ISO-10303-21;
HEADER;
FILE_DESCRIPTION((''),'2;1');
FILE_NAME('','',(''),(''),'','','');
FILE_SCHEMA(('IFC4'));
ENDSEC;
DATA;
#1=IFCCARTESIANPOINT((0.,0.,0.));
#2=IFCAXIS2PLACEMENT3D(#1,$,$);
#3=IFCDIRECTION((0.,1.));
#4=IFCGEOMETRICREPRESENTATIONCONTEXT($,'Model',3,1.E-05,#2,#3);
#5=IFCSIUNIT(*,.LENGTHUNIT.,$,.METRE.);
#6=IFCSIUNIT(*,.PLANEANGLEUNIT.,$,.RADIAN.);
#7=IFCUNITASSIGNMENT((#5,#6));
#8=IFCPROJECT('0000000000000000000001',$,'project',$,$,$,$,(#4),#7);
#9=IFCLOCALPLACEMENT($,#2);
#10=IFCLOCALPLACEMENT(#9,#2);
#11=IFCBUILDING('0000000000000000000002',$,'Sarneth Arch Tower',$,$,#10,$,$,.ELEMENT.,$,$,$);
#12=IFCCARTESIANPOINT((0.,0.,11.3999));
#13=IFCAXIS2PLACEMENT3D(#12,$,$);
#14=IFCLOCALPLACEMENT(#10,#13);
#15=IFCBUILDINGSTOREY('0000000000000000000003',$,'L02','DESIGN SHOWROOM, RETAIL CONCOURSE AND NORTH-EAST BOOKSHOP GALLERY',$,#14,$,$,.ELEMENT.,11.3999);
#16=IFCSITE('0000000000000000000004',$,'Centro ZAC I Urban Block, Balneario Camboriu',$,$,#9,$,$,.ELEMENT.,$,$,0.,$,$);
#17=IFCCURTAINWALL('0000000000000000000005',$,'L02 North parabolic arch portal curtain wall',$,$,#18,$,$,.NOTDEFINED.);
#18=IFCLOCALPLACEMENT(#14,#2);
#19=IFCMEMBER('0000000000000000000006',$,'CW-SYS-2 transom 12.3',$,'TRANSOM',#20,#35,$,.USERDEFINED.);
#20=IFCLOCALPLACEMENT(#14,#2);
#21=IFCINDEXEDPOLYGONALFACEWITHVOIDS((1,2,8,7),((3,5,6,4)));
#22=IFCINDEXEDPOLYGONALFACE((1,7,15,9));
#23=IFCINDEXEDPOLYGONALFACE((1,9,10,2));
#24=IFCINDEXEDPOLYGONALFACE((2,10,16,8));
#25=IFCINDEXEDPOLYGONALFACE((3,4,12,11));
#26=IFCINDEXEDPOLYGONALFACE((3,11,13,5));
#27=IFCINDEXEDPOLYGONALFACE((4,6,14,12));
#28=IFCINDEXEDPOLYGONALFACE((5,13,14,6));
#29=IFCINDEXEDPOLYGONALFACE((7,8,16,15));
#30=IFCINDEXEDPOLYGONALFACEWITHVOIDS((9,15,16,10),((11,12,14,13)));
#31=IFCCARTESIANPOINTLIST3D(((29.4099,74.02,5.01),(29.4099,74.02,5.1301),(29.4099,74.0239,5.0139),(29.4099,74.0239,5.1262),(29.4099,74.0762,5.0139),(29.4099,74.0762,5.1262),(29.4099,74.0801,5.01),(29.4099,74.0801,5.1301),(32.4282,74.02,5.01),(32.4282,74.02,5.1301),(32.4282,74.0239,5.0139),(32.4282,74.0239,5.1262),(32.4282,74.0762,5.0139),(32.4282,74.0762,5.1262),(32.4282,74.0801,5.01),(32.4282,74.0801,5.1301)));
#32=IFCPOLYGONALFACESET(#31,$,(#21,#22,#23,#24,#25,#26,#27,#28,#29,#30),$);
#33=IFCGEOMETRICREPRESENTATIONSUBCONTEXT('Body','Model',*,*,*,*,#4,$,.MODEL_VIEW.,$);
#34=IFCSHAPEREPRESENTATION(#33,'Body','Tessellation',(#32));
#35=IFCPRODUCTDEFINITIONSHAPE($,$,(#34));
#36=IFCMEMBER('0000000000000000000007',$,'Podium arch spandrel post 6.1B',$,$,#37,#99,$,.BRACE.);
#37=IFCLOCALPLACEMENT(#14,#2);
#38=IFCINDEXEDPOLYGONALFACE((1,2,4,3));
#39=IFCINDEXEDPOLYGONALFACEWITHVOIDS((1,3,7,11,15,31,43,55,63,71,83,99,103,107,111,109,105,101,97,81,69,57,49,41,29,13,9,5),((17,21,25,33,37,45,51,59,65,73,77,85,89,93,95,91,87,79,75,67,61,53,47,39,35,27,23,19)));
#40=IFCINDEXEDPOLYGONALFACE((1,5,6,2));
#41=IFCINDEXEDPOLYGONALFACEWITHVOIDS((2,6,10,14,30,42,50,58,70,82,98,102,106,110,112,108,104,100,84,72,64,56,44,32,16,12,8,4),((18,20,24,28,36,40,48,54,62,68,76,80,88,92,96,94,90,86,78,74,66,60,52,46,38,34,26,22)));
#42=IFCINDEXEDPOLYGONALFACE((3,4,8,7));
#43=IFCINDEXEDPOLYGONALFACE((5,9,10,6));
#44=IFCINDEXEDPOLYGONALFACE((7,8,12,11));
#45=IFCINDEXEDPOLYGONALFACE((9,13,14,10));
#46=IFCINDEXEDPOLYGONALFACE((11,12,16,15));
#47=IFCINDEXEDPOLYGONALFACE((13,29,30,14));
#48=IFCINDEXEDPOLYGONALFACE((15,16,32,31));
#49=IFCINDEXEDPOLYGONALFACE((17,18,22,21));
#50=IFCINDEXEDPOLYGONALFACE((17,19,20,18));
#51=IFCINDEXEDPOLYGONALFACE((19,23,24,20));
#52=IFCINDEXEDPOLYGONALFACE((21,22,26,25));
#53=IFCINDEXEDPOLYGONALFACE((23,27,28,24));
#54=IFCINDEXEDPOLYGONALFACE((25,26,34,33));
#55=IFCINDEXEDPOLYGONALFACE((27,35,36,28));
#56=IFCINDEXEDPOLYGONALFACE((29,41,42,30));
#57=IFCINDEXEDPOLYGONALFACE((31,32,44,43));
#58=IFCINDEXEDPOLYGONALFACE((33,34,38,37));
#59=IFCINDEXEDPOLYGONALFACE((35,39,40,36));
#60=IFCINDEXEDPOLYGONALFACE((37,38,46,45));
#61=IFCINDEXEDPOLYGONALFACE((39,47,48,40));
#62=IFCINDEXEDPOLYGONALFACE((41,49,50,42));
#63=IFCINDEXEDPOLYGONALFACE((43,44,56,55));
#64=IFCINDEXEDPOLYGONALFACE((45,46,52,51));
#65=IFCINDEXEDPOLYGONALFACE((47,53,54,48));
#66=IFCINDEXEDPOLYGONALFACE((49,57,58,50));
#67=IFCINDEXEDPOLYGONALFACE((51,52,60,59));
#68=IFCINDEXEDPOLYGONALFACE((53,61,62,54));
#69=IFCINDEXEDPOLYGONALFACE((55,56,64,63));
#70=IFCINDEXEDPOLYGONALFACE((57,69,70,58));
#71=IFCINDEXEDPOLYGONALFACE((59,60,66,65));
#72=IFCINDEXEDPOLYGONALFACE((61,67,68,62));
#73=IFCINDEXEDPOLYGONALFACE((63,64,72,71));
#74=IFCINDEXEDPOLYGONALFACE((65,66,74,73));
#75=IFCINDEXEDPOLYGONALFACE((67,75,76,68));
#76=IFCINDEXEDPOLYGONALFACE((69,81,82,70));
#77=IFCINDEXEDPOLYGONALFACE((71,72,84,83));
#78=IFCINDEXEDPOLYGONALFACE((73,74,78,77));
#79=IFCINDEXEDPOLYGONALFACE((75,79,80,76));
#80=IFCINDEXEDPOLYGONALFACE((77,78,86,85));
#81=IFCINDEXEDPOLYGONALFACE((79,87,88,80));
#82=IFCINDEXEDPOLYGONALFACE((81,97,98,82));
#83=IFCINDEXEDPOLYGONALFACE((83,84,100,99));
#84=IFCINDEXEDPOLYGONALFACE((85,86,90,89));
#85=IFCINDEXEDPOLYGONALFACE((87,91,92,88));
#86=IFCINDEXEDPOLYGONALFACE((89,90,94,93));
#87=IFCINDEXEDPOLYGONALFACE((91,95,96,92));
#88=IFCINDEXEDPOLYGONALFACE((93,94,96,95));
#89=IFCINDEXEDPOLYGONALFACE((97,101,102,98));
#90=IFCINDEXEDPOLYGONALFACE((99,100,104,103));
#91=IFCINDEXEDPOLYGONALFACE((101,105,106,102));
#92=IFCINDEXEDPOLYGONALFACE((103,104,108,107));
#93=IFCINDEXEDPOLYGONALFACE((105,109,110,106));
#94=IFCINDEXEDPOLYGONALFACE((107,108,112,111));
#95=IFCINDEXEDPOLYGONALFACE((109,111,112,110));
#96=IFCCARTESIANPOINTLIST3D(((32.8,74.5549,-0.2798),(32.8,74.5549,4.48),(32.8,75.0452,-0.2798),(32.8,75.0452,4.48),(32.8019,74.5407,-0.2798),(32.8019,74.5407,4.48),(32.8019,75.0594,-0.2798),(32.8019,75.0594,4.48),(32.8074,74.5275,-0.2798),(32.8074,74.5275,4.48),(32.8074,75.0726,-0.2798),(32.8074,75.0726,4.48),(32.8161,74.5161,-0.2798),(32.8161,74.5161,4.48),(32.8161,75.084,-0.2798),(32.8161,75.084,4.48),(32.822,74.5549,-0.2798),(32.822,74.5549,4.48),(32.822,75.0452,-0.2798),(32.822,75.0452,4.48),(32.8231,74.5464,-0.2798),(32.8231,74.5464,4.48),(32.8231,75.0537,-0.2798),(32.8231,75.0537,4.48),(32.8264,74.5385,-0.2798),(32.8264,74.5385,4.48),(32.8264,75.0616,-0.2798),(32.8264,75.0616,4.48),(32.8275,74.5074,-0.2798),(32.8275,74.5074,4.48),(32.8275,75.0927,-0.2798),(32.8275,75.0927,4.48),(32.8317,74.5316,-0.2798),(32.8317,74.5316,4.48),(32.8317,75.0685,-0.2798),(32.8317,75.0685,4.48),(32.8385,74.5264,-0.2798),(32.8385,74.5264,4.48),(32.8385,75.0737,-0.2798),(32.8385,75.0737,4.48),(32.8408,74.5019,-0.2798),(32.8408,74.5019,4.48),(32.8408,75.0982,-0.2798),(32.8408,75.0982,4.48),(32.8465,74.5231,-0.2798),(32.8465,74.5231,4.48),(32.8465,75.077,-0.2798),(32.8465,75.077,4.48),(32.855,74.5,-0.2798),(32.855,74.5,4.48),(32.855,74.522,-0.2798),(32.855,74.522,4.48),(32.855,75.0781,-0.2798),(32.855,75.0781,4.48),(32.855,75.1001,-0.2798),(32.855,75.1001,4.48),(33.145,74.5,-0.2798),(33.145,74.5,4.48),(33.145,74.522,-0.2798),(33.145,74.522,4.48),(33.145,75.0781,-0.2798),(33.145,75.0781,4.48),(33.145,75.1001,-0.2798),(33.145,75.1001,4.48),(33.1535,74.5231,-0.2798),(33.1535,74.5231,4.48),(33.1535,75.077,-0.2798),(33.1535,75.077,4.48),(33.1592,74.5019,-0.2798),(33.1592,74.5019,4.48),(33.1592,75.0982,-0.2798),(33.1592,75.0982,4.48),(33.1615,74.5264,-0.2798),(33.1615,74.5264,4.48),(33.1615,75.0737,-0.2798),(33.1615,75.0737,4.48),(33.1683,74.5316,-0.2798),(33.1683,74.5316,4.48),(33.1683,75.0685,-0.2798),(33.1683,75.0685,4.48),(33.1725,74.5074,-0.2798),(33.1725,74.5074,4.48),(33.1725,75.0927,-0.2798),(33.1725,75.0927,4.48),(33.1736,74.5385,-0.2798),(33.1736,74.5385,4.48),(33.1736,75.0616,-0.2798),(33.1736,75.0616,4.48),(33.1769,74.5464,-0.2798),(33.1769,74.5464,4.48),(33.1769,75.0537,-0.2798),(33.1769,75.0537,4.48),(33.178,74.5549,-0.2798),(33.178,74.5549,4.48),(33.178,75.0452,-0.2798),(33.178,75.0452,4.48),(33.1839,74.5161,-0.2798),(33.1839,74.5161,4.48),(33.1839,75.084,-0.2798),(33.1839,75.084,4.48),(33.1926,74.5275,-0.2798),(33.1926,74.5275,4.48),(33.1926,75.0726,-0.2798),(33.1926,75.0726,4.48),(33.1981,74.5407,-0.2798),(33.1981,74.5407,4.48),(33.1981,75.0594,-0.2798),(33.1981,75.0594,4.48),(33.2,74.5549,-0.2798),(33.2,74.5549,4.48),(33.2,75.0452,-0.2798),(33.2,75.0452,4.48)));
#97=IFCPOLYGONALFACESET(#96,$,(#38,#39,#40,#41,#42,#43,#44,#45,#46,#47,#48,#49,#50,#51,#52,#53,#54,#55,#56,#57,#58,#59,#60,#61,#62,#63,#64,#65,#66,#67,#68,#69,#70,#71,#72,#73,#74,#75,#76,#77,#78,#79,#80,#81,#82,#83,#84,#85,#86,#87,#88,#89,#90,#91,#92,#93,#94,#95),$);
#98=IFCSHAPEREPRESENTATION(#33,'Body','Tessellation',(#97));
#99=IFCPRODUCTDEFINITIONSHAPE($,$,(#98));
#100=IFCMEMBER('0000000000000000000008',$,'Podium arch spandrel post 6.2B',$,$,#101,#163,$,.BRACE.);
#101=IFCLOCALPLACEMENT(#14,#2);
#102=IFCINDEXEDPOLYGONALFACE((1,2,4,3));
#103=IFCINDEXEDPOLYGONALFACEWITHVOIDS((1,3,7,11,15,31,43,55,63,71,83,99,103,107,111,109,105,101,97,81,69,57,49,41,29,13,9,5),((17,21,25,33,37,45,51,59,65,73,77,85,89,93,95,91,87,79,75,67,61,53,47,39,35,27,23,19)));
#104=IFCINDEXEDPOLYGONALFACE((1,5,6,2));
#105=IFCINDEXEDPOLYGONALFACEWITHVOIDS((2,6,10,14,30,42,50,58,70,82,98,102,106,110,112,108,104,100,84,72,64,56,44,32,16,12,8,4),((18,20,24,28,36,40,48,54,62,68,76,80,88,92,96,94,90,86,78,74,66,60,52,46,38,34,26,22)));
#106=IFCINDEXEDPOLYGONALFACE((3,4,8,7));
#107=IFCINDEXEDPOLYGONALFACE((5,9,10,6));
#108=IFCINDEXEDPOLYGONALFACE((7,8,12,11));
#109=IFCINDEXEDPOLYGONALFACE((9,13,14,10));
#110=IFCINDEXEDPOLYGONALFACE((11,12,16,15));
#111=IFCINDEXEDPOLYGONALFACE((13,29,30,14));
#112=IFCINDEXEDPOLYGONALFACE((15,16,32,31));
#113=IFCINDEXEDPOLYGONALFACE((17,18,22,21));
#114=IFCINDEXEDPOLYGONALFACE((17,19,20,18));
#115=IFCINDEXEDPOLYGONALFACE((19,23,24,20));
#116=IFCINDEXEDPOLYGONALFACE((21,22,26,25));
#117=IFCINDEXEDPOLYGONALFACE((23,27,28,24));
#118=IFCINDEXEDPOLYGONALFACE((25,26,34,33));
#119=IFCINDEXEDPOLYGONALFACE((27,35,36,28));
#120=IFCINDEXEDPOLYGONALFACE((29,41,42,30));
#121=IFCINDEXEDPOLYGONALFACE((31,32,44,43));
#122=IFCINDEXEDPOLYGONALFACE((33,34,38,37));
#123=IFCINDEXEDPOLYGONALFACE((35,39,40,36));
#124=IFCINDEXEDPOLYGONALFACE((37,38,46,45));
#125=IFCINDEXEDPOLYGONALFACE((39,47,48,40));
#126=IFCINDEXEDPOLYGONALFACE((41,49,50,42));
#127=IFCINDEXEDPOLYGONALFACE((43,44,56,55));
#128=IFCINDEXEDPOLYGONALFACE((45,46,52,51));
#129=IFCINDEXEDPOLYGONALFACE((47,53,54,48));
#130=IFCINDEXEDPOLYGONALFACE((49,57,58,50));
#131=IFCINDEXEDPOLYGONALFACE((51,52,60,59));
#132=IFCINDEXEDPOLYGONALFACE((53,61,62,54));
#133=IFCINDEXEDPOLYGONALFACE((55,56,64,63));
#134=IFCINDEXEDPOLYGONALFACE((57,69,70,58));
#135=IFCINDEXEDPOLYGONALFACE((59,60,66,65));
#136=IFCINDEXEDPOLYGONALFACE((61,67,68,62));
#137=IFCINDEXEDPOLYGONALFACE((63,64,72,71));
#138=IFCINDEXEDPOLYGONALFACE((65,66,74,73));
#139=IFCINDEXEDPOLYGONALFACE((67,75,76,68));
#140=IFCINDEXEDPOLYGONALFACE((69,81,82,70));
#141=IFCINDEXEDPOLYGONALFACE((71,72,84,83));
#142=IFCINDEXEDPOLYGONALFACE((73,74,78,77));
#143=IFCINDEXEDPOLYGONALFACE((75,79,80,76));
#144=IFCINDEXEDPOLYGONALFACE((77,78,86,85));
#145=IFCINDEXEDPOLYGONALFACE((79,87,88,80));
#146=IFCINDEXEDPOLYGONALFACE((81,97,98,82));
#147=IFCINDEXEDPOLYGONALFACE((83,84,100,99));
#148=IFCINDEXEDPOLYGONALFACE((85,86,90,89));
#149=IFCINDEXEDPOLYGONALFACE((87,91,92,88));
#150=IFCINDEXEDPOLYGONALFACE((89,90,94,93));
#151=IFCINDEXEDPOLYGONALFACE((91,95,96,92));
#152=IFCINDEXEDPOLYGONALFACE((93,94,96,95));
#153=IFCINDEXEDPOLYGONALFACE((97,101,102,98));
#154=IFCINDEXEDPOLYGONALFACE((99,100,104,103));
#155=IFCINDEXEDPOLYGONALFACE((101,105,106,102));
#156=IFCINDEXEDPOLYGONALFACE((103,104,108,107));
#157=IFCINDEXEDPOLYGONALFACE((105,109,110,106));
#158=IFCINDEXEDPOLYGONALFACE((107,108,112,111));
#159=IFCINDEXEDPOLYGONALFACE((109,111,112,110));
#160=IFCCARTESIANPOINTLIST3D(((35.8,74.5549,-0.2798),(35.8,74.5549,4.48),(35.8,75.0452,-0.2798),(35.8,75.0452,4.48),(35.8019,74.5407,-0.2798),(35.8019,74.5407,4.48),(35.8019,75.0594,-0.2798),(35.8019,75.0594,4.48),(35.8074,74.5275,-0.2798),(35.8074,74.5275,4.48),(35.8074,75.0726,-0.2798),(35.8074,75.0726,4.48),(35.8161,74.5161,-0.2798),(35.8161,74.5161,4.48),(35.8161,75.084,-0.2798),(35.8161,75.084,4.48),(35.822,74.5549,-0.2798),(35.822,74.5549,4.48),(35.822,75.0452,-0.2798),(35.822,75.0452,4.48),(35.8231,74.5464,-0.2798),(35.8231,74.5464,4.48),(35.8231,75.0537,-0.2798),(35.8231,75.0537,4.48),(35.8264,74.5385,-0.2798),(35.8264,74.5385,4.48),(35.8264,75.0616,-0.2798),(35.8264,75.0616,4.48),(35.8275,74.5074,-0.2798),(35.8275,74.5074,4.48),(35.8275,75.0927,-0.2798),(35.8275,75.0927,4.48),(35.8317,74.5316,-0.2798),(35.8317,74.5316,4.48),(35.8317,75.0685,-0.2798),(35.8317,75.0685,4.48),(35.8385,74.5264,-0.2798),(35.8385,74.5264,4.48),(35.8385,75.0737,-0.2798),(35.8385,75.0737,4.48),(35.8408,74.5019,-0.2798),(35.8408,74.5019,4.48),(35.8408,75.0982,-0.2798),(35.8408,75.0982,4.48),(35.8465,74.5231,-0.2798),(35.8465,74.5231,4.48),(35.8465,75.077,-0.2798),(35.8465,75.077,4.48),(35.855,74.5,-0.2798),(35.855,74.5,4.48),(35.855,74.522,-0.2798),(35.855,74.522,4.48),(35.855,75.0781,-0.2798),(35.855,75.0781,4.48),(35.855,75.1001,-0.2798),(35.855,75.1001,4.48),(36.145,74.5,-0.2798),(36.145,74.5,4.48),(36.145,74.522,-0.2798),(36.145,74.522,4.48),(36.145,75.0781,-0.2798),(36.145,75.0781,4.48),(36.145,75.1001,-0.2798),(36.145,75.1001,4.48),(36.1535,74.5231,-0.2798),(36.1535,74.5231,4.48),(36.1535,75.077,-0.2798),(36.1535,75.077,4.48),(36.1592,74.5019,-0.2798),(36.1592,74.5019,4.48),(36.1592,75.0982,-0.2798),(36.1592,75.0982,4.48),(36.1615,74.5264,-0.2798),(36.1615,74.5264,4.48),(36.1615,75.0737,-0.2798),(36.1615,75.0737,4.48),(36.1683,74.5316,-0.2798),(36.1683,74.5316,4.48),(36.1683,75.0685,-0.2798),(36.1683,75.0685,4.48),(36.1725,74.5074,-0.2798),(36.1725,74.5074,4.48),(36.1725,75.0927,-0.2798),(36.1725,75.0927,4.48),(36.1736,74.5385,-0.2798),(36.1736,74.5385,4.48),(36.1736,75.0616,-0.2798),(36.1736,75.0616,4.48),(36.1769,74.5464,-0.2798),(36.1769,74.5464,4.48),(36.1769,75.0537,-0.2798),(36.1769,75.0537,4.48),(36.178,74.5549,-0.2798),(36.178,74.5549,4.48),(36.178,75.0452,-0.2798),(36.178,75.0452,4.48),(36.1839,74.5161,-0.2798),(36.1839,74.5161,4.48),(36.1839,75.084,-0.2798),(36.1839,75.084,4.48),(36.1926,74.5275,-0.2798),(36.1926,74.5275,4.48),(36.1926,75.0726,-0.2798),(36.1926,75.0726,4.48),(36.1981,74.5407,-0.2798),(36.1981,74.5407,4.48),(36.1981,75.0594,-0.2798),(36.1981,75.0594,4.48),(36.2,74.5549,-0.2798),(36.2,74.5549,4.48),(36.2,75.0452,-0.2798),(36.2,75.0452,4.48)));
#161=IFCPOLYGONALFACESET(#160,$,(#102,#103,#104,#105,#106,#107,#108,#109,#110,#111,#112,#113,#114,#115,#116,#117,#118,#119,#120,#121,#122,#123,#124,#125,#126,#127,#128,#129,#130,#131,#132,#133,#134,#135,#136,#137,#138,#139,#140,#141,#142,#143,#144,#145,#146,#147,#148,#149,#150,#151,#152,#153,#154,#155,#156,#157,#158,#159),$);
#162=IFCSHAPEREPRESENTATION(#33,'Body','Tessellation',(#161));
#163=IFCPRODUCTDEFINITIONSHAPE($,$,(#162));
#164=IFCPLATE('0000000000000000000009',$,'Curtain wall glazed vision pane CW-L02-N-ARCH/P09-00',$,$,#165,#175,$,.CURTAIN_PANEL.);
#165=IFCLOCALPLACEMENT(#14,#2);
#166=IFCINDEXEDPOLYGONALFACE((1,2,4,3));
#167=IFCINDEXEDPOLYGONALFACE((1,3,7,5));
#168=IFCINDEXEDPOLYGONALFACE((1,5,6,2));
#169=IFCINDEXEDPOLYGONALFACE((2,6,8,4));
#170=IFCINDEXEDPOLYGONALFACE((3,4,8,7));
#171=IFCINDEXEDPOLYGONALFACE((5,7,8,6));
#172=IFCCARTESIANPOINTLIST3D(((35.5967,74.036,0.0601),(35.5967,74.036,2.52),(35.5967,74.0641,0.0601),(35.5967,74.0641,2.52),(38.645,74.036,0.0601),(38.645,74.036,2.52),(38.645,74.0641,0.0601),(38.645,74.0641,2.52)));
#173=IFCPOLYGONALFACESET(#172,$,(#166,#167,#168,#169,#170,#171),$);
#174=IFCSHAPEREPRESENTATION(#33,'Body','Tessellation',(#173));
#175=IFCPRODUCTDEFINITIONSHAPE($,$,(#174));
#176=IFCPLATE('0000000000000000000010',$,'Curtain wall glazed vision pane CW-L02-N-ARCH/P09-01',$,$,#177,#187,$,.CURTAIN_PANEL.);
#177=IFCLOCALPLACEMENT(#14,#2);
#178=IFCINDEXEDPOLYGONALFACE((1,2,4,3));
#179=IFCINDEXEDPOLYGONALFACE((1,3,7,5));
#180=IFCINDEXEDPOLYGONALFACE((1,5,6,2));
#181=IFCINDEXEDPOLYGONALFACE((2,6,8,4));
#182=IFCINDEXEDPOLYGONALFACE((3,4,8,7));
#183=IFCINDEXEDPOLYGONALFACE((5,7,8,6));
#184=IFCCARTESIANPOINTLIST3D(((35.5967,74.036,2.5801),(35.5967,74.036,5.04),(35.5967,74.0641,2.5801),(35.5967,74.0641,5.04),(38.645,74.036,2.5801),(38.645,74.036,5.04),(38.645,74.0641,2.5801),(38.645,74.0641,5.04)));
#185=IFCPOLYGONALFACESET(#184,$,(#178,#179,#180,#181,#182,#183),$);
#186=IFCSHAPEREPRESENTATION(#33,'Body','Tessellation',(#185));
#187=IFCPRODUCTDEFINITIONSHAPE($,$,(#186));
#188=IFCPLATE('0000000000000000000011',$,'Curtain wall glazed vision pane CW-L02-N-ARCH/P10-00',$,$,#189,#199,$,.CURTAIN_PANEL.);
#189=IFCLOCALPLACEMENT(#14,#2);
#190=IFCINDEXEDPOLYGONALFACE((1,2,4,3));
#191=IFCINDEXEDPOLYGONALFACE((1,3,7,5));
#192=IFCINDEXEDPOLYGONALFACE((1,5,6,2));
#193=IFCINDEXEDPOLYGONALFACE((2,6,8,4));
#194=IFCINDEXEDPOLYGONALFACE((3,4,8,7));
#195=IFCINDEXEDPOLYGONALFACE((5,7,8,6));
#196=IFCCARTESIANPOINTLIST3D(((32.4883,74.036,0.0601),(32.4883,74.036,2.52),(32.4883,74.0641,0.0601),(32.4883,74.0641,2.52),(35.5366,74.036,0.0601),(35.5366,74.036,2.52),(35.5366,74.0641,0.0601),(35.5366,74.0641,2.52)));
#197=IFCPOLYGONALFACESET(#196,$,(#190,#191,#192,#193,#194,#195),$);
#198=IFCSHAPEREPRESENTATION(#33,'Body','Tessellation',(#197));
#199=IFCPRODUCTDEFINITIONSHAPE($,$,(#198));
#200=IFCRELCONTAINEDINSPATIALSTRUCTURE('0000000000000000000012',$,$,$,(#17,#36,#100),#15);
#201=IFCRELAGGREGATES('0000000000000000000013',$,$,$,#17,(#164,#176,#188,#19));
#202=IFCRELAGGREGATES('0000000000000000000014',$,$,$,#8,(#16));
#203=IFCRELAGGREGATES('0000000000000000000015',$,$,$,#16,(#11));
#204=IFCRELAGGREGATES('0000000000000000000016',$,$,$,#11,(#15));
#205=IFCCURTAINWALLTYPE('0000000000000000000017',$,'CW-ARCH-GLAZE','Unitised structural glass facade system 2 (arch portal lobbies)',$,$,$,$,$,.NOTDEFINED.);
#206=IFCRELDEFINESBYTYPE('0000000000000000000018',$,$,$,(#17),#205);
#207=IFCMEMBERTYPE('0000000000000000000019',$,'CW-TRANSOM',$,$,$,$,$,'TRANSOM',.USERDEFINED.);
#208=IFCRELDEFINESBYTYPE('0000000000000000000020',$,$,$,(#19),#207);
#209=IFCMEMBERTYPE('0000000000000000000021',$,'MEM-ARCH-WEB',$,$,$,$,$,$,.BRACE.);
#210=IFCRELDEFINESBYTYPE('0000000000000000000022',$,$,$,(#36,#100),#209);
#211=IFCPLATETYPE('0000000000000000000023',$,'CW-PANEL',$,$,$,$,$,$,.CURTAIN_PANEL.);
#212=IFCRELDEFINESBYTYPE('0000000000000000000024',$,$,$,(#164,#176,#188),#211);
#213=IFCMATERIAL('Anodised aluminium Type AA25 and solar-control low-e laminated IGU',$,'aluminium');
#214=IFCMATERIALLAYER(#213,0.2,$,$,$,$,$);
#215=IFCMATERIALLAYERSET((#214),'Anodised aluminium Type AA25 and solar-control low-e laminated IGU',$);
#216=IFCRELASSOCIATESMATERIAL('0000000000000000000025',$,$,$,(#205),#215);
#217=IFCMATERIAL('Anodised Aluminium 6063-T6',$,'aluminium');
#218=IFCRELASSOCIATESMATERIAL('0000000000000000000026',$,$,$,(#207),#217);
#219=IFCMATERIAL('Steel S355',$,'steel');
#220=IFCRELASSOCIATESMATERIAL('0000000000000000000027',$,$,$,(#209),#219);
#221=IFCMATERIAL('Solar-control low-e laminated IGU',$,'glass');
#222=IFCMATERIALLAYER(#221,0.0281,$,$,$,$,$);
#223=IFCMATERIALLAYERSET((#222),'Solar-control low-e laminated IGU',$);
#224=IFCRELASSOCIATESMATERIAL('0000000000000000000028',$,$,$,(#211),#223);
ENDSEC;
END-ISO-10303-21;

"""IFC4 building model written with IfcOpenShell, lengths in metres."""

from ifc_helpers import new_model, si_unit, direction, frame, origin, origin_2d, place, context, subcontext, project, spatial, rectangle, hollow_rectangle, extrude, material, layer, layer_set, material_profile, profile_set, type_object, element, aggregate, save


model = new_model("IFC4")

# Units and contexts
model_context = context("Model", 3, precision=1e-05, world=origin(), true_north=direction((0.0, 1.0)))
body_context = subcontext(model_context, "Body", "Model", "MODEL_VIEW")
ifc_project = project(units=[si_unit("LENGTHUNIT", "METRE"), si_unit("PLANEANGLEUNIT", "RADIAN")], contexts=[model_context])

# Site, building, storey
site_placement = place(None, origin())
site = spatial("IfcSite", under=ifc_project, at=site_placement, Name="Centro ZAC I Urban Block, Balneario Camboriu", CompositionType="ELEMENT", RefElevation=0.0)
building_placement = place(site_placement, origin())
building = spatial("IfcBuilding", under=site, at=building_placement, Name="Sarneth Arch Tower", CompositionType="ELEMENT")
storey_placement = place(building_placement, frame((0.0, 0.0, 11.3999)))
storey = spatial("IfcBuildingStorey", under=building, at=storey_placement, Name="L02", Description="DESIGN SHOWROOM, RETAIL CONCOURSE AND NORTH-EAST BOOKSHOP GALLERY", CompositionType="ELEMENT", Elevation=11.3999)

# Curtain wall, member
ifc_material_1 = material(Name="Anodised aluminium Type AA25 and solar-control low-e laminated IGU", Category="aluminium")
ifc_layer_1 = layer(ifc_material_1, 0.2)
ifc_layer_set_1 = layer_set([ifc_layer_1], Name="Anodised aluminium Type AA25 and solar-control low-e laminated IGU")
curtain_wall_type = type_object("IfcCurtainWallType", Name="CW-ARCH-GLAZE", Description="Unitised structural glass facade system 2 (arch portal lobbies)", PredefinedType="NOTDEFINED", material=ifc_layer_set_1)
curtain_wall_placement = place(storey_placement, origin())
curtain_wall = element("IfcCurtainWall", 1, at=curtain_wall_placement, inside=storey, type_object=curtain_wall_type, Name="L02 North parabolic arch portal curtain wall", PredefinedType="NOTDEFINED")
ifc_material_2 = material(Name="Anodised Aluminium 6063-T6", Category="aluminium")
ifc_material_profile_1 = material_profile(ifc_material_2, hollow_rectangle(XDim=0.0601, YDim=0.1201, WallThickness=0.0039, at=origin_2d()), Name="AL-TRAN-120x60x4")
ifc_profile_set_1 = profile_set([ifc_material_profile_1], Name="Anodised Aluminium 6063-T6")
member_type_1 = type_object("IfcMemberType", Name="CW-TRANSOM", ElementType="TRANSOM", PredefinedType="USERDEFINED", material=ifc_profile_set_1)
member_1_placement = place(storey_placement, frame((32.4282, 74.05, 5.0701), z_axis=(-1.0, 0.0, 0.0), x_axis=(0.0, -1.0, 0.0)))
member_1 = element("IfcMember", 2, at=member_1_placement, type_object=member_type_1, Name="CW-SYS-2 transom 12.3", ObjectType="TRANSOM", PredefinedType="USERDEFINED", context=body_context, shape_type="SweptSolid", body=[
    extrude(hollow_rectangle(XDim=0.0601, YDim=0.1201, WallThickness=0.0039, at=origin_2d()), origin(), (0.0, 0.0, 1.0), 3.0183),
])

# Members
ifc_material_3 = material(Name="Steel S355", Category="steel")
ifc_material_profile_2 = material_profile(ifc_material_3, hollow_rectangle(XDim=0.3999, YDim=0.6001, WallThickness=0.022, InnerFilletRadius=0.033, OuterFilletRadius=0.0549, at=origin_2d()), Name="RHS600x400x22")
ifc_profile_set_2 = profile_set([ifc_material_profile_2], Name="Steel S355")
member_type_2 = type_object("IfcMemberType", Name="MEM-ARCH-WEB", PredefinedType="BRACE", material=ifc_profile_set_2)
for number, where, z_axis, x_axis, name in (
    (3, (33.0, 74.8, -0.2798), (0.0, 0.0, 1.0), (1.0, 0.0, 0.0), "Podium arch spandrel post 6.1B"),
    (4, (36.0, 74.8, -0.2798), (0.0, 0.0, 1.0), (1.0, 0.0, 0.0), "Podium arch spandrel post 6.2B"),
):
    element("IfcMember", number, at=place(storey_placement, frame(where, z_axis=z_axis, x_axis=x_axis)), inside=storey, type_object=member_type_2, Name=name, PredefinedType="BRACE", context=body_context, shape_type="SweptSolid", body=[
        extrude(hollow_rectangle(XDim=0.3999, YDim=0.6001, WallThickness=0.022, InnerFilletRadius=0.033, OuterFilletRadius=0.0549, at=origin_2d()), origin(), (0.0, 0.0, 1.0), 4.7598),
    ])

# Plates
ifc_material_4 = material(Name="Solar-control low-e laminated IGU", Category="glass")
ifc_layer_2 = layer(ifc_material_4, 0.0281)
ifc_layer_set_2 = layer_set([ifc_layer_2], Name="Solar-control low-e laminated IGU")
plate_type_1 = type_object("IfcPlateType", Name="CW-PANEL", PredefinedType="CURTAIN_PANEL", material=ifc_layer_set_2)
plate_1_placement = place(storey_placement, frame((37.1208, 74.05, 0.0601), z_axis=(0.0, 0.0, 1.0), x_axis=(-1.0, 0.0, 0.0)))
plate_1 = element("IfcPlate", 5, at=plate_1_placement, type_object=plate_type_1, Name="Curtain wall glazed vision pane CW-L02-N-ARCH/P09-00", PredefinedType="CURTAIN_PANEL", context=body_context, shape_type="SweptSolid", body=[
    extrude(rectangle(XDim=3.0483, YDim=0.0281, at=origin_2d()), origin(), (0.0, 0.0, 1.0), 2.46),
])
plate_2_placement = place(storey_placement, frame((37.1208, 74.05, 2.5801), z_axis=(0.0, 0.0, 1.0), x_axis=(-1.0, 0.0, 0.0)))
plate_2 = element("IfcPlate", 6, at=plate_2_placement, type_object=plate_type_1, Name="Curtain wall glazed vision pane CW-L02-N-ARCH/P09-01", PredefinedType="CURTAIN_PANEL", context=body_context, shape_type="SweptSolid", body=[
    extrude(rectangle(XDim=3.0483, YDim=0.0281, at=origin_2d()), origin(), (0.0, 0.0, 1.0), 2.46),
])
plate_3_placement = place(storey_placement, frame((34.0125, 74.05, 0.0601), z_axis=(0.0, 0.0, 1.0), x_axis=(-1.0, 0.0, 0.0)))
plate_3 = element("IfcPlate", 7, at=plate_3_placement, type_object=plate_type_1, Name="Curtain wall glazed vision pane CW-L02-N-ARCH/P10-00", PredefinedType="CURTAIN_PANEL", context=body_context, shape_type="SweptSolid", body=[
    extrude(rectangle(XDim=3.0483, YDim=0.0281, at=origin_2d()), origin(), (0.0, 0.0, 1.0), 2.46),
])
aggregate(curtain_wall, [plate_1, plate_2, plate_3, member_1])

save(model, "model.ifc")
